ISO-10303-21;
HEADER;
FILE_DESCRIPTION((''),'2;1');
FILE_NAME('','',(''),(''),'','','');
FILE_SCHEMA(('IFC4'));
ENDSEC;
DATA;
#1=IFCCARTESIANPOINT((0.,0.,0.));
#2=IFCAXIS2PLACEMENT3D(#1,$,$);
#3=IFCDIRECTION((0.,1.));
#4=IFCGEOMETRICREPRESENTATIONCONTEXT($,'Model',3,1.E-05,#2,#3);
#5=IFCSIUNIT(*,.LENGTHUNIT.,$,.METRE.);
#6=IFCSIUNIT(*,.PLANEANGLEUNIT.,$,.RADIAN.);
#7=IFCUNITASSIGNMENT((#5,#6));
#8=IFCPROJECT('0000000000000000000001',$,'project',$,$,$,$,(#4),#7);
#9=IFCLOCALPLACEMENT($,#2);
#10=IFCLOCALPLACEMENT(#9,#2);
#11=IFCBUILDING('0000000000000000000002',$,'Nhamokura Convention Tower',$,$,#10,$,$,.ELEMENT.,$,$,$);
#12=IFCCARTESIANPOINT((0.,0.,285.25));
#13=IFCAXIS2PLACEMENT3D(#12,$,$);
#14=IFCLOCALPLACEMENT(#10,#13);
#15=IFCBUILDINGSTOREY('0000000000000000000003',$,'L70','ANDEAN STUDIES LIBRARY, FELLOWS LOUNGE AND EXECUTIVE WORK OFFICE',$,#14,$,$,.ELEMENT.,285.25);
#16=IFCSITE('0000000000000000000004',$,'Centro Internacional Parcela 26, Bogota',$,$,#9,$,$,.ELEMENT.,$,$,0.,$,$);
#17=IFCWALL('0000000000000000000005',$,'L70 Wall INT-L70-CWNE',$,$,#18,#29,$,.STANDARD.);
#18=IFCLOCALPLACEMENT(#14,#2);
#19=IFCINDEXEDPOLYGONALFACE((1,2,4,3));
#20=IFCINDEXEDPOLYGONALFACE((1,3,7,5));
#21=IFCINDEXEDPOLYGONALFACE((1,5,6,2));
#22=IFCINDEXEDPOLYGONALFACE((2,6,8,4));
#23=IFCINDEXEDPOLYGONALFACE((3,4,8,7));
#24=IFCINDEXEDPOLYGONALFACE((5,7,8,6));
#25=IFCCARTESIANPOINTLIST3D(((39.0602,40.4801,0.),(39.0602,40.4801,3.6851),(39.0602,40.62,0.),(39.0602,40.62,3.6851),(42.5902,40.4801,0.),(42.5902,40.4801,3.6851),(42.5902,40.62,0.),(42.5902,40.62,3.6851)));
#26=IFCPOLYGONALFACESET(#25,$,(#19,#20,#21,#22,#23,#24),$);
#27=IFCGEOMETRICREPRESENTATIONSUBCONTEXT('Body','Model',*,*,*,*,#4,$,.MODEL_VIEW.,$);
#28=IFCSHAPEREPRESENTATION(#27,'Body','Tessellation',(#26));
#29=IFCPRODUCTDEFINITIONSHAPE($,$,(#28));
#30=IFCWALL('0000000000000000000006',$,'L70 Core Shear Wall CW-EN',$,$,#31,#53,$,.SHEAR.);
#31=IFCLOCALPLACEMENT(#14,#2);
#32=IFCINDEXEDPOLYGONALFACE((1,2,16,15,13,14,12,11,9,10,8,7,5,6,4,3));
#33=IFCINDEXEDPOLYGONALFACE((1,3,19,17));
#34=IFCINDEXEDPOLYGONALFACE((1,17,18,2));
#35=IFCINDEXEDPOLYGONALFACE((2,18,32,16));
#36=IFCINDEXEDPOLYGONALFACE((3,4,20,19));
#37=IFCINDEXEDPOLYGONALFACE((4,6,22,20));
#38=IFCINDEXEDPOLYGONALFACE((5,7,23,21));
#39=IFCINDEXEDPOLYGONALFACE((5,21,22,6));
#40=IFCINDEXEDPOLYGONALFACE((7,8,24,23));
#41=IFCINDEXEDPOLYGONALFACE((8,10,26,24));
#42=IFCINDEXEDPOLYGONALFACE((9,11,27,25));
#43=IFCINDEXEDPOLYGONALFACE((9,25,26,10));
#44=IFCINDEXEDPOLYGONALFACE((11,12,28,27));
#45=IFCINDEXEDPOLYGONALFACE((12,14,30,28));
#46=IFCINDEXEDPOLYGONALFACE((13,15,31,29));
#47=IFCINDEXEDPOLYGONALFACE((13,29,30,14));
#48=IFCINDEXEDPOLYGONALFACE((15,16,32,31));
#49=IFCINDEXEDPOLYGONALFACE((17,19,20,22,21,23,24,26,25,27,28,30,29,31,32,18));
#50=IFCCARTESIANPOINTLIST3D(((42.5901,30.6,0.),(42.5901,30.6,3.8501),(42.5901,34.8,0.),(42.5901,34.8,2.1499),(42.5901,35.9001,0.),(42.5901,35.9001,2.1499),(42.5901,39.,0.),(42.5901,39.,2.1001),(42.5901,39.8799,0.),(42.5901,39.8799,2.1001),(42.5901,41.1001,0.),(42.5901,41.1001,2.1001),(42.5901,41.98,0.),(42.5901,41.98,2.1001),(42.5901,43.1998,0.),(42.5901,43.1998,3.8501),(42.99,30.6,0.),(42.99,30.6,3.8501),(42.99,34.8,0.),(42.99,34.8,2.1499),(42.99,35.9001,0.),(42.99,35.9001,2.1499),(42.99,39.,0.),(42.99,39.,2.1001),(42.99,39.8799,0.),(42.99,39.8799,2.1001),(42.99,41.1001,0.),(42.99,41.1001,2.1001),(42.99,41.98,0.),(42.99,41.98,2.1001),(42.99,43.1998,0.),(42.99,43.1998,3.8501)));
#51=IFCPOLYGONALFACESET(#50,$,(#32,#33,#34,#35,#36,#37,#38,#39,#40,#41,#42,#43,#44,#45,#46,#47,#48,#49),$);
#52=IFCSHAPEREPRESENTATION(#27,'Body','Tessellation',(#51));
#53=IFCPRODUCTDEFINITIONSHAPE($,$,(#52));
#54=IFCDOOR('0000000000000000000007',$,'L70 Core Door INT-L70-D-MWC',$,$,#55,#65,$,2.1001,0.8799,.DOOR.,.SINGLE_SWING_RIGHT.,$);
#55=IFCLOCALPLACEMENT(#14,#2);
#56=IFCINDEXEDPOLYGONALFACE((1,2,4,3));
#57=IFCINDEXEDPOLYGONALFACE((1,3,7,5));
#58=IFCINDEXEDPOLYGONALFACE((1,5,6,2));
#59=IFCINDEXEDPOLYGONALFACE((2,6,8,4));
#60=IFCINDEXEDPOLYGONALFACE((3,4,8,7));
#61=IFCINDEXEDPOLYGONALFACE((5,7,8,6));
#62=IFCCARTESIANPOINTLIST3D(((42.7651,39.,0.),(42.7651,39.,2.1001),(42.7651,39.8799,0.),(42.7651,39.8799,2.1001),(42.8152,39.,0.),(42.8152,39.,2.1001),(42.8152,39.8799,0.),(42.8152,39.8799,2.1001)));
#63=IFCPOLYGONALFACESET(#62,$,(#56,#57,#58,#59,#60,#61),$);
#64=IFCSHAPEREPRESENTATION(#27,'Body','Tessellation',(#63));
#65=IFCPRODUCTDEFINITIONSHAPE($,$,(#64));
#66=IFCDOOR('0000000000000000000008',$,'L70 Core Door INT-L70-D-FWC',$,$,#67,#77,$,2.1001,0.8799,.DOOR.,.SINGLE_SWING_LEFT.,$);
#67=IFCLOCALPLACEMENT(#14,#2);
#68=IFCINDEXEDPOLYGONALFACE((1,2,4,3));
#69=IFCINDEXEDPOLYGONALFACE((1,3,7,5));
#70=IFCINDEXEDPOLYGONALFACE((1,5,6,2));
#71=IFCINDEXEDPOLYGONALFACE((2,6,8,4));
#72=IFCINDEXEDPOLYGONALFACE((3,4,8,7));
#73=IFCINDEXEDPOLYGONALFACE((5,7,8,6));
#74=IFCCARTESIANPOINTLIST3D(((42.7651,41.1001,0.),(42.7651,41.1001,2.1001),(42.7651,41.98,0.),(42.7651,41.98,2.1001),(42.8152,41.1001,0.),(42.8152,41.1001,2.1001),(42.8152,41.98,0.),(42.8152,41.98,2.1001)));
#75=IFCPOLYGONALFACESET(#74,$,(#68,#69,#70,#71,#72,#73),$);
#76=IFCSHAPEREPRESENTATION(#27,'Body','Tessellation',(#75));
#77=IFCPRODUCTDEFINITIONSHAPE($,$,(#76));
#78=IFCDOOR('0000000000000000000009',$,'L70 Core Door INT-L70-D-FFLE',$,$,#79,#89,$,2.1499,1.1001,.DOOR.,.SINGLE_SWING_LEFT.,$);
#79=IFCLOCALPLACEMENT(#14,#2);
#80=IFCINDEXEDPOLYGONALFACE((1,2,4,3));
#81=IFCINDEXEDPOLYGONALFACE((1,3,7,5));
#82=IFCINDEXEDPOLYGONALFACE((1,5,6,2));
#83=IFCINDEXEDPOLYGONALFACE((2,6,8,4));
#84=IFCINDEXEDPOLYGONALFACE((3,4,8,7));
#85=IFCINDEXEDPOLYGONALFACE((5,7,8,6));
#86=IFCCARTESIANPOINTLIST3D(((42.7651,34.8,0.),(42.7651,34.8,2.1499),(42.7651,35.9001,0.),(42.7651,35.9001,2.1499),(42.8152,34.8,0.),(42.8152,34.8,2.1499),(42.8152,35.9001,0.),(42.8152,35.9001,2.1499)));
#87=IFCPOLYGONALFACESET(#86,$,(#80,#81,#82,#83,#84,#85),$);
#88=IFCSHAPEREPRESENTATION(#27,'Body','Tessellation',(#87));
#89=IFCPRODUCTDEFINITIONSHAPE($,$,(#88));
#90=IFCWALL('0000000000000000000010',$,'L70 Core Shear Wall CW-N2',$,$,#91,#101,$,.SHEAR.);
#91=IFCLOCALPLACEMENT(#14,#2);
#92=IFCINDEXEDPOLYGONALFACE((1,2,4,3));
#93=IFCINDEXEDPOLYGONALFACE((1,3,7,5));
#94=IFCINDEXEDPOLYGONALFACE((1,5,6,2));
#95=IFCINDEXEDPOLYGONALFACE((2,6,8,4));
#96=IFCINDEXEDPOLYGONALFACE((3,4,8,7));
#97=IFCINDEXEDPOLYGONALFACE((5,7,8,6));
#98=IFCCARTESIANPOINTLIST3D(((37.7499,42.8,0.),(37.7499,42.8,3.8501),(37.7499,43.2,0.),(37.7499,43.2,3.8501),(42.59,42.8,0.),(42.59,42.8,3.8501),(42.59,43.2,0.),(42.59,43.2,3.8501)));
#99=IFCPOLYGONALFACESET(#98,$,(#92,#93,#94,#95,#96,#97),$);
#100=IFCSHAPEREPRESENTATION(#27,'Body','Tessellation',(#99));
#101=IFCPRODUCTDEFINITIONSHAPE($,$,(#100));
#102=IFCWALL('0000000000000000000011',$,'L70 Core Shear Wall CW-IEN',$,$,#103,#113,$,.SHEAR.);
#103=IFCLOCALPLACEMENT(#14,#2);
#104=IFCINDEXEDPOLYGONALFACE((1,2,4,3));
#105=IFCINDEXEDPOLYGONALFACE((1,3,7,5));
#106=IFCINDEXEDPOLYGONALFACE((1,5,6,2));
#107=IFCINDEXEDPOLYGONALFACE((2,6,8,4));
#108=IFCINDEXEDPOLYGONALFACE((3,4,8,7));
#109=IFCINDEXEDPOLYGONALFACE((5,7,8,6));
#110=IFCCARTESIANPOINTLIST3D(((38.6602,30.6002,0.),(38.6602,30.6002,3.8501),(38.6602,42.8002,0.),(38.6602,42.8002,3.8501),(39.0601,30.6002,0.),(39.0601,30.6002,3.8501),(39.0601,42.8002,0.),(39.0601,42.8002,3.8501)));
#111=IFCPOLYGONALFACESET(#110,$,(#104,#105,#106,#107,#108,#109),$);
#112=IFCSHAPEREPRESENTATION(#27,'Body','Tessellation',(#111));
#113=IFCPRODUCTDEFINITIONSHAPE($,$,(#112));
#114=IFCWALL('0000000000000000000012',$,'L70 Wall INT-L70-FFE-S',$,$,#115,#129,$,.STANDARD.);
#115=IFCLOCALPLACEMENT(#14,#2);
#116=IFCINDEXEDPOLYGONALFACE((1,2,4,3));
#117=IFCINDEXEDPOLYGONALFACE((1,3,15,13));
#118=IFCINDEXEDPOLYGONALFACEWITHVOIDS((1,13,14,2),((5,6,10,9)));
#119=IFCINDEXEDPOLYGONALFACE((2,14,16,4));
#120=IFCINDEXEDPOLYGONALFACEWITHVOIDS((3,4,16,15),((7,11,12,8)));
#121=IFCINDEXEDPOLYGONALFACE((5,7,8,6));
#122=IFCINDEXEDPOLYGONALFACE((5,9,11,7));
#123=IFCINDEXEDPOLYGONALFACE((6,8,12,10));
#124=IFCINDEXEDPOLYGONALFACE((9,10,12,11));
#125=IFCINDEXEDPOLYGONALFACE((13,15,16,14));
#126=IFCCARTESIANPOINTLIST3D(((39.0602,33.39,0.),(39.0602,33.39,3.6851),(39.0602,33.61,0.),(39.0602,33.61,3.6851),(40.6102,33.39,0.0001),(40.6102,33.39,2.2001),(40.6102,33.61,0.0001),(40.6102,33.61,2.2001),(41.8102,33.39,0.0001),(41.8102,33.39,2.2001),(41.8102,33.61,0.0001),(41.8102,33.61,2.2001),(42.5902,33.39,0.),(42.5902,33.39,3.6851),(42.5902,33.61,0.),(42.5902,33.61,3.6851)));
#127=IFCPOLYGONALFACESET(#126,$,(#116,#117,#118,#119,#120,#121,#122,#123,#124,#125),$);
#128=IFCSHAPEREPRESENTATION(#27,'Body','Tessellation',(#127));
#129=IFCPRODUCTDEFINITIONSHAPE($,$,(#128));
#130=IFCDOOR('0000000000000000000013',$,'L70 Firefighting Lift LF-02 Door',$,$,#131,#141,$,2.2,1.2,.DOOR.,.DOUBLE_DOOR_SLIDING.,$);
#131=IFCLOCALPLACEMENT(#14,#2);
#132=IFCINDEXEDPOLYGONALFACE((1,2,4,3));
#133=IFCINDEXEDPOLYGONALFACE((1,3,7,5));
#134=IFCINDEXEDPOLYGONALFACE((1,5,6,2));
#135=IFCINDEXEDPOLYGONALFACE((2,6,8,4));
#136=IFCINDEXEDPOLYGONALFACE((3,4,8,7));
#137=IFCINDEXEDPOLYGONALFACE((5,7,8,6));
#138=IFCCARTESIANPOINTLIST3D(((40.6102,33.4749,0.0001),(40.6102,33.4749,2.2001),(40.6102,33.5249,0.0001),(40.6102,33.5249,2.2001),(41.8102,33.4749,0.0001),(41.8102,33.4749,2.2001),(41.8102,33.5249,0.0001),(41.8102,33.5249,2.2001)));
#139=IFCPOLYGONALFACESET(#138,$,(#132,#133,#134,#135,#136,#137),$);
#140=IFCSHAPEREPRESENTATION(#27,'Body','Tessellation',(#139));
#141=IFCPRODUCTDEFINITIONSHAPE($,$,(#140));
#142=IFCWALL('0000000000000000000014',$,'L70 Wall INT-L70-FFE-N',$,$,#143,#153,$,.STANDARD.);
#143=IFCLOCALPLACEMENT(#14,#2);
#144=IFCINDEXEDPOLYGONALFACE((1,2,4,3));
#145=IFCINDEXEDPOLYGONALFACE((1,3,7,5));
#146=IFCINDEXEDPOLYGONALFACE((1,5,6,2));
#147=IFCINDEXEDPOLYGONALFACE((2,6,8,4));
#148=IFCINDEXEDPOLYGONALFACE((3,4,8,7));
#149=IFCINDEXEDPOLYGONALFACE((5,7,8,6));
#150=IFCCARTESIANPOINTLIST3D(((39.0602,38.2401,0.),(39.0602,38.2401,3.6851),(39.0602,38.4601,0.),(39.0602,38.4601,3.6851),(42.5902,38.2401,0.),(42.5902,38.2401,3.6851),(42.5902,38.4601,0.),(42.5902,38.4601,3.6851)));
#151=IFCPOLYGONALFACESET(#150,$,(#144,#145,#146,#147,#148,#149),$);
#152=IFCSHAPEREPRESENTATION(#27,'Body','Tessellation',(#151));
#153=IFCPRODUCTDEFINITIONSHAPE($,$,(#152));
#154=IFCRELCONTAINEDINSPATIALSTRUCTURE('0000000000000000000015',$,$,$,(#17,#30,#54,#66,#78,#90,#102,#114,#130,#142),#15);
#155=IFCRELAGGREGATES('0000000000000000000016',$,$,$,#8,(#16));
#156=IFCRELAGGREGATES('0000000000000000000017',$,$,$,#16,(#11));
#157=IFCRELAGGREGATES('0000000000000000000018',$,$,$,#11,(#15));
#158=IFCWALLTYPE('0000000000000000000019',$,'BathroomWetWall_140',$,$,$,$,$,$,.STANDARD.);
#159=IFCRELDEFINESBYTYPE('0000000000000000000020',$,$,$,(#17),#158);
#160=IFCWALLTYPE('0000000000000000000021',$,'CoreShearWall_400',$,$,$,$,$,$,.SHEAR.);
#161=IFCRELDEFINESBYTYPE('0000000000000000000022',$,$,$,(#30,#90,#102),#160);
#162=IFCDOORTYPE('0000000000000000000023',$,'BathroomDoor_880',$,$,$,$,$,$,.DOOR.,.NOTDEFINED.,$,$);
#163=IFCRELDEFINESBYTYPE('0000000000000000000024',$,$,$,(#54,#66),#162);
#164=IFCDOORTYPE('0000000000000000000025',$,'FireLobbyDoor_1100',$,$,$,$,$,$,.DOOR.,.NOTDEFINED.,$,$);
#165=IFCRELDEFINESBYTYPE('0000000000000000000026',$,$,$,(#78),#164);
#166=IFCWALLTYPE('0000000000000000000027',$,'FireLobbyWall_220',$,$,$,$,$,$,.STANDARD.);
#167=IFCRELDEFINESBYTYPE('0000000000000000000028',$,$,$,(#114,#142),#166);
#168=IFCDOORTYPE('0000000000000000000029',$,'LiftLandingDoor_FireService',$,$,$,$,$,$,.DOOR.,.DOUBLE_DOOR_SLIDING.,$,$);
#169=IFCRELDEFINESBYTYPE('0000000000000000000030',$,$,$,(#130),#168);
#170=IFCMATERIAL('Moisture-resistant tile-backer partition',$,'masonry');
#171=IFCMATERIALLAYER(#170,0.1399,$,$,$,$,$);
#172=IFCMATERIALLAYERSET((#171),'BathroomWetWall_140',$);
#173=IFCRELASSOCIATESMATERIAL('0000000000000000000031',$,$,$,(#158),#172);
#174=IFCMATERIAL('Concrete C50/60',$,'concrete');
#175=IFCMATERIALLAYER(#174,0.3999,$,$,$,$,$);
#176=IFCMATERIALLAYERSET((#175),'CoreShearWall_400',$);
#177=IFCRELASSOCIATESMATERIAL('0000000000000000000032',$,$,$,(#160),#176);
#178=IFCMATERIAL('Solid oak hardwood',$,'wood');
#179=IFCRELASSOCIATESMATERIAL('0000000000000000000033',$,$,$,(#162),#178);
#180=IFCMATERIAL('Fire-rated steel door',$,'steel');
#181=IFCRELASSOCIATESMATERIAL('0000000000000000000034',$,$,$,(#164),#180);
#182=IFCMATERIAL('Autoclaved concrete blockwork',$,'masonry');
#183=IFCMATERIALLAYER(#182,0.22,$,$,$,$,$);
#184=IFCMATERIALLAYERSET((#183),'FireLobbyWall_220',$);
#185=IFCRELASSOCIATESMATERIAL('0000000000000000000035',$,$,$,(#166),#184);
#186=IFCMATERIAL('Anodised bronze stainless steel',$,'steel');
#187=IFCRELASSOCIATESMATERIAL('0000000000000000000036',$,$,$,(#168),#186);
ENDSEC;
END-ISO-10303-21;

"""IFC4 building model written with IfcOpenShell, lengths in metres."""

from ifc_helpers import new_model, si_unit, direction, frame, frame_2d, origin, place, context, subcontext, project, spatial, rectangle, extrude, material, layer, layer_set, type_object, element, fill, save


model = new_model("IFC4")

# Units and contexts
model_context = context("Model", 3, precision=1e-05, world=origin(), true_north=direction((0.0, 1.0)))
body_context = subcontext(model_context, "Body", "Model", "MODEL_VIEW")
ifc_project = project(units=[si_unit("LENGTHUNIT", "METRE"), si_unit("PLANEANGLEUNIT", "RADIAN")], contexts=[model_context])

# Site, building, storey
site_placement = place(None, origin())
site = spatial("IfcSite", under=ifc_project, at=site_placement, Name="Centro Internacional Parcela 26, Bogota", CompositionType="ELEMENT", RefElevation=0.0)
building_placement = place(site_placement, origin())
building = spatial("IfcBuilding", under=site, at=building_placement, Name="Nhamokura Convention Tower", CompositionType="ELEMENT")
storey_placement = place(building_placement, frame((0.0, 0.0, 285.25)))
storey = spatial("IfcBuildingStorey", under=building, at=storey_placement, Name="L70", Description="ANDEAN STUDIES LIBRARY, FELLOWS LOUNGE AND EXECUTIVE WORK OFFICE", CompositionType="ELEMENT", Elevation=285.25)

# Wall
ifc_material_1 = material(Name="Moisture-resistant tile-backer partition", Category="masonry")
ifc_layer_1 = layer(ifc_material_1, 0.1399)
ifc_layer_set_1 = layer_set([ifc_layer_1], Name="BathroomWetWall_140")
wall_type_1 = type_object("IfcWallType", Name="BathroomWetWall_140", PredefinedType="STANDARD", material=ifc_layer_set_1)
wall_1_placement = place(storey_placement, frame((39.0601, 40.55, 0.0), z_axis=(0.0, 0.0, 1.0), x_axis=(1.0, 0.0, 0.0)))
element("IfcWall", 1, at=wall_1_placement, inside=storey, type_object=wall_type_1, Name="L70 Wall INT-L70-CWNE", PredefinedType="STANDARD", context=body_context, shape_type="SweptSolid", body=[
    extrude(rectangle(XDim=3.53, YDim=0.1399, at=frame_2d((1.7651, 0.0))), origin(), (0.0, 0.0, 1.0), 3.6851),
])

# Wall, openings, doors
ifc_material_2 = material(Name="Concrete C50/60", Category="concrete")
ifc_layer_2 = layer(ifc_material_2, 0.3999)
ifc_layer_set_2 = layer_set([ifc_layer_2], Name="CoreShearWall_400")
wall_type_2 = type_object("IfcWallType", Name="CoreShearWall_400", PredefinedType="SHEAR", material=ifc_layer_set_2)
wall_2_placement = place(storey_placement, frame((42.79, 30.6001, 0.0), z_axis=(0.0, 0.0, 1.0), x_axis=(0.0, 1.0, 0.0)))
wall_2 = element("IfcWall", 2, at=wall_2_placement, inside=storey, type_object=wall_type_2, Name="L70 Core Shear Wall CW-EN", PredefinedType="SHEAR", context=body_context, shape_type="SweptSolid", body=[
    extrude(rectangle(XDim=12.5999, YDim=0.3999, at=frame_2d((6.2998, 0.0))), origin(), (0.0, 0.0, 1.0), 3.8501),
])
opening_1_placement = place(wall_2_placement, frame((4.2, 0.0, 0.0)))
opening_1 = element("IfcOpeningElement", 3, at=opening_1_placement, cuts=wall_2, PredefinedType="OPENING", context=body_context, shape_type="SweptSolid", body=[
    extrude(rectangle(XDim=1.1001, YDim=2.1499, at=frame_2d((0.55, 1.075))), frame((0.0, 0.21, 0.0), z_axis=(0.0, -1.0, 0.0), x_axis=(1.0, 0.0, 0.0)), (0.0, 0.0, 1.0), 0.4199),
])
opening_2_placement = place(wall_2_placement, frame((8.3999, 0.0, 0.0)))
opening_2 = element("IfcOpeningElement", 4, at=opening_2_placement, cuts=wall_2, PredefinedType="OPENING", context=body_context, shape_type="SweptSolid", body=[
    extrude(rectangle(XDim=0.8799, YDim=2.1001, at=frame_2d((0.4399, 1.05))), frame((0.0, 0.21, 0.0), z_axis=(0.0, -1.0, 0.0), x_axis=(1.0, 0.0, 0.0)), (0.0, 0.0, 1.0), 0.4199),
])
opening_3_placement = place(wall_2_placement, frame((10.5, 0.0, 0.0)))
opening_3 = element("IfcOpeningElement", 5, at=opening_3_placement, cuts=wall_2, PredefinedType="OPENING", context=body_context, shape_type="SweptSolid", body=[
    extrude(rectangle(XDim=0.8799, YDim=2.1001, at=frame_2d((0.4399, 1.05))), frame((0.0, 0.21, 0.0), z_axis=(0.0, -1.0, 0.0), x_axis=(1.0, 0.0, 0.0)), (0.0, 0.0, 1.0), 0.4199),
])
ifc_material_3 = material(Name="Solid oak hardwood", Category="wood")
door_type_1 = type_object("IfcDoorType", Name="BathroomDoor_880", OperationType="NOTDEFINED", PredefinedType="DOOR", material=ifc_material_3)
door_1_placement = place(opening_2_placement, origin())
door_1 = element("IfcDoor", 6, at=door_1_placement, inside=storey, type_object=door_type_1, Name="L70 Core Door INT-L70-D-MWC", OperationType="SINGLE_SWING_RIGHT", OverallHeight=2.1001, OverallWidth=0.8799, PredefinedType="DOOR", context=body_context, shape_type="SweptSolid", body=[
    extrude(rectangle(XDim=0.8799, YDim=2.1001, at=frame_2d((0.4399, 1.05))), frame((0.0, 0.0249, 0.0), z_axis=(0.0, -1.0, 0.0), x_axis=(1.0, 0.0, 0.0)), (0.0, 0.0, 1.0), 0.05),
])
fill(opening_2, door_1)
door_2_placement = place(opening_3_placement, origin())
door_2 = element("IfcDoor", 7, at=door_2_placement, inside=storey, type_object=door_type_1, Name="L70 Core Door INT-L70-D-FWC", OperationType="SINGLE_SWING_LEFT", OverallHeight=2.1001, OverallWidth=0.8799, PredefinedType="DOOR", context=body_context, shape_type="SweptSolid", body=[
    extrude(rectangle(XDim=0.8799, YDim=2.1001, at=frame_2d((0.4399, 1.05))), frame((0.0, 0.0249, 0.0), z_axis=(0.0, -1.0, 0.0), x_axis=(1.0, 0.0, 0.0)), (0.0, 0.0, 1.0), 0.05),
])
fill(opening_3, door_2)
ifc_material_4 = material(Name="Fire-rated steel door", Category="steel")
door_type_2 = type_object("IfcDoorType", Name="FireLobbyDoor_1100", OperationType="NOTDEFINED", PredefinedType="DOOR", material=ifc_material_4)
door_3_placement = place(opening_1_placement, origin())
door_3 = element("IfcDoor", 8, at=door_3_placement, inside=storey, type_object=door_type_2, Name="L70 Core Door INT-L70-D-FFLE", OperationType="SINGLE_SWING_LEFT", OverallHeight=2.1499, OverallWidth=1.1001, PredefinedType="DOOR", context=body_context, shape_type="SweptSolid", body=[
    extrude(rectangle(XDim=1.1001, YDim=2.1499, at=frame_2d((0.55, 1.075))), frame((0.0, 0.0249, 0.0), z_axis=(0.0, -1.0, 0.0), x_axis=(1.0, 0.0, 0.0)), (0.0, 0.0, 1.0), 0.05),
])
fill(opening_1, door_3)

# Walls
wall_3_placement = place(storey_placement, frame((37.75, 43.0, 0.0), z_axis=(0.0, 0.0, 1.0), x_axis=(1.0, 0.0, 0.0)))
element("IfcWall", 9, at=wall_3_placement, inside=storey, type_object=wall_type_2, Name="L70 Core Shear Wall CW-N2", PredefinedType="SHEAR", context=body_context, shape_type="SweptSolid", body=[
    extrude(rectangle(XDim=4.8401, YDim=0.3999, at=frame_2d((2.4199, 0.0))), origin(), (0.0, 0.0, 1.0), 3.8501),
])
wall_4_placement = place(storey_placement, frame((38.8601, 30.6001, 0.0), z_axis=(0.0, 0.0, 1.0), x_axis=(0.0, 1.0, 0.0)))
element("IfcWall", 10, at=wall_4_placement, inside=storey, type_object=wall_type_2, Name="L70 Core Shear Wall CW-IEN", PredefinedType="SHEAR", context=body_context, shape_type="SweptSolid", body=[
    extrude(rectangle(XDim=12.2, YDim=0.3999, at=frame_2d((6.1001, 0.0))), origin(), (0.0, 0.0, 1.0), 3.8501),
])

# Wall, opening, door
ifc_material_5 = material(Name="Autoclaved concrete blockwork", Category="masonry")
ifc_layer_3 = layer(ifc_material_5, 0.22)
ifc_layer_set_3 = layer_set([ifc_layer_3], Name="FireLobbyWall_220")
wall_type_3 = type_object("IfcWallType", Name="FireLobbyWall_220", PredefinedType="STANDARD", material=ifc_layer_set_3)
wall_5_placement = place(storey_placement, frame((39.0601, 33.5, 0.0), z_axis=(0.0, 0.0, 1.0), x_axis=(1.0, 0.0, 0.0)))
wall_5 = element("IfcWall", 11, at=wall_5_placement, inside=storey, type_object=wall_type_3, Name="L70 Wall INT-L70-FFE-S", PredefinedType="STANDARD", context=body_context, shape_type="SweptSolid", body=[
    extrude(rectangle(XDim=3.53, YDim=0.22, at=frame_2d((1.7651, 0.0))), origin(), (0.0, 0.0, 1.0), 3.6851),
])
opening_4_placement = place(wall_5_placement, frame((1.55, 0.0, 0.0)))
opening_4 = element("IfcOpeningElement", 12, at=opening_4_placement, cuts=wall_5, PredefinedType="OPENING", context=body_context, shape_type="SweptSolid", body=[
    extrude(rectangle(XDim=1.2, YDim=2.2, at=frame_2d((0.6001, 1.1001))), frame((0.0, 0.1199, 0.0), z_axis=(0.0, -1.0, 0.0), x_axis=(1.0, 0.0, 0.0)), (0.0, 0.0, 1.0), 0.24),
])
ifc_material_6 = material(Name="Anodised bronze stainless steel", Category="steel")
door_type_3 = type_object("IfcDoorType", Name="LiftLandingDoor_FireService", OperationType="DOUBLE_DOOR_SLIDING", PredefinedType="DOOR", material=ifc_material_6)
door_4_placement = place(opening_4_placement, origin())
door_4 = element("IfcDoor", 13, at=door_4_placement, inside=storey, type_object=door_type_3, Name="L70 Firefighting Lift LF-02 Door", OperationType="DOUBLE_DOOR_SLIDING", OverallHeight=2.2, OverallWidth=1.2, PredefinedType="DOOR", context=body_context, shape_type="SweptSolid", body=[
    extrude(rectangle(XDim=1.2, YDim=2.2, at=frame_2d((0.6001, 1.1001))), frame((0.0, 0.0249, 0.0), z_axis=(0.0, -1.0, 0.0), x_axis=(1.0, 0.0, 0.0)), (0.0, 0.0, 1.0), 0.05),
])
fill(opening_4, door_4)

# Wall
wall_6_placement = place(storey_placement, frame((39.0601, 38.3501, 0.0), z_axis=(0.0, 0.0, 1.0), x_axis=(1.0, 0.0, 0.0)))
element("IfcWall", 14, at=wall_6_placement, inside=storey, type_object=wall_type_3, Name="L70 Wall INT-L70-FFE-N", PredefinedType="STANDARD", context=body_context, shape_type="SweptSolid", body=[
    extrude(rectangle(XDim=3.53, YDim=0.22, at=frame_2d((1.7651, 0.0))), origin(), (0.0, 0.0, 1.0), 3.6851),
])

save(model, "model.ifc")
